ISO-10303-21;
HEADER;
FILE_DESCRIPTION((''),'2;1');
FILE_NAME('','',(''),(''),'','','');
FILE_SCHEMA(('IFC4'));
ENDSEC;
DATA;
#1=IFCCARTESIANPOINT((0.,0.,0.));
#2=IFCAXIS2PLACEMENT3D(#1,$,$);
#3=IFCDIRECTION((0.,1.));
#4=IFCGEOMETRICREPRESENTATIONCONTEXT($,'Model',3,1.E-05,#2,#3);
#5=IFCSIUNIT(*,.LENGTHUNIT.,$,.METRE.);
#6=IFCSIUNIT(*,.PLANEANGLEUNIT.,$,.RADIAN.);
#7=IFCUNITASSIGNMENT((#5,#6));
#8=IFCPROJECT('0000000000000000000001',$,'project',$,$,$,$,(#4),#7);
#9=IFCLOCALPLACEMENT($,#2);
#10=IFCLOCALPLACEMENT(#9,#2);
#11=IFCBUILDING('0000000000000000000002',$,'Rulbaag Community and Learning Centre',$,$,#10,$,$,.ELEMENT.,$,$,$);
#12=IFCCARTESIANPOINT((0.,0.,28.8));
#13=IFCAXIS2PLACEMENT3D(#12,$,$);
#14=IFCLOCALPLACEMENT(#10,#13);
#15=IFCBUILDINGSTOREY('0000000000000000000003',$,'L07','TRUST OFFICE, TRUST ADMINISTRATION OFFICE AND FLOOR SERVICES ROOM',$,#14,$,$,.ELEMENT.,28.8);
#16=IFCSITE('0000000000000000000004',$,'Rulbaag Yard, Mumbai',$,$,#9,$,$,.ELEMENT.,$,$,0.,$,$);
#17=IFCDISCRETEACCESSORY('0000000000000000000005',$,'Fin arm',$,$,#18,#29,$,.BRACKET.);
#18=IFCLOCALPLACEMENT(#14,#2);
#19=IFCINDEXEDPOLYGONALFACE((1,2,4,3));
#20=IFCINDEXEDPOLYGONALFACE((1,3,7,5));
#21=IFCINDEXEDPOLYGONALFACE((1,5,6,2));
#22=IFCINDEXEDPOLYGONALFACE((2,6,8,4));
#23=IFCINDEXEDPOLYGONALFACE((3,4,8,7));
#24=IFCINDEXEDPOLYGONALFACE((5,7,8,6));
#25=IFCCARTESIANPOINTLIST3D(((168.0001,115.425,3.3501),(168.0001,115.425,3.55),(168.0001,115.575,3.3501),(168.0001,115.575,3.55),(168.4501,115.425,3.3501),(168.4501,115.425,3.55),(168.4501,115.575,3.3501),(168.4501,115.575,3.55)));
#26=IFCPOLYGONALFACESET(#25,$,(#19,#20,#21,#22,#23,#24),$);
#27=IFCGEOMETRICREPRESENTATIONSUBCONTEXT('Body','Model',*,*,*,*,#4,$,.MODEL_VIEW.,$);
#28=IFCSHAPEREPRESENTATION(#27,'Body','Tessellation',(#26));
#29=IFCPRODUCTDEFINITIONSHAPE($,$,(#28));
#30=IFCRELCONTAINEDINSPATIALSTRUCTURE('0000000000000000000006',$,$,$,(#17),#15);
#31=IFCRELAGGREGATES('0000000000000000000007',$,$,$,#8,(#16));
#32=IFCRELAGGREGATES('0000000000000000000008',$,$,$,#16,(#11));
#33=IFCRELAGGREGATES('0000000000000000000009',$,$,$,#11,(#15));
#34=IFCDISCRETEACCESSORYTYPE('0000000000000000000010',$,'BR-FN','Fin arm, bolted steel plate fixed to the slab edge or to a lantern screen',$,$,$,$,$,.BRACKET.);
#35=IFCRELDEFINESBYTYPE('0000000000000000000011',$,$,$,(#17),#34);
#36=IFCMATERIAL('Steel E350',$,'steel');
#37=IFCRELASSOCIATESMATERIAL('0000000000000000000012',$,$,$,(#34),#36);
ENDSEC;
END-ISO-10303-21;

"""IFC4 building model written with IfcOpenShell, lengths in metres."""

from ifc_helpers import new_model, si_unit, direction, frame, origin, origin_2d, place, context, subcontext, project, spatial, rectangle, extrude, material, type_object, element, save


model = new_model("IFC4")

# Units and contexts
model_context = context("Model", 3, precision=1e-05, world=origin(), true_north=direction((0.0, 1.0)))
body_context = subcontext(model_context, "Body", "Model", "MODEL_VIEW")
ifc_project = project(units=[si_unit("LENGTHUNIT", "METRE"), si_unit("PLANEANGLEUNIT", "RADIAN")], contexts=[model_context])

# Site, building, storey
site_placement = place(None, origin())
site = spatial("IfcSite", under=ifc_project, at=site_placement, Name="Rulbaag Yard, Mumbai", CompositionType="ELEMENT", RefElevation=0.0)
building_placement = place(site_placement, origin())
building = spatial("IfcBuilding", under=site, at=building_placement, Name="Rulbaag Community and Learning Centre", CompositionType="ELEMENT")
storey_placement = place(building_placement, frame((0.0, 0.0, 28.8)))
storey = spatial("IfcBuildingStorey", under=building, at=storey_placement, Name="L07", Description="TRUST OFFICE, TRUST ADMINISTRATION OFFICE AND FLOOR SERVICES ROOM", CompositionType="ELEMENT", Elevation=28.8)

# Discrete accessory
ifc_material_1 = material(Name="Steel E350", Category="steel")
discrete_accessory_type = type_object("IfcDiscreteAccessoryType", Name="BR-FN", Description="Fin arm, bolted steel plate fixed to the slab edge or to a lantern screen", PredefinedType="BRACKET", material=ifc_material_1)
for number, where, z_axis, x_axis, name in (
    (1, (168.2251, 115.5, 3.3501), (0.0, 0.0, 1.0), (1.0, 0.0, 0.0), "Fin arm"),
):
    element("IfcDiscreteAccessory", number, at=place(storey_placement, frame(where, z_axis=z_axis, x_axis=x_axis)), inside=storey, type_object=discrete_accessory_type, Name=name, PredefinedType="BRACKET", context=body_context, shape_type="SweptSolid", body=[
        extrude(rectangle(XDim=0.45, YDim=0.1499, at=origin_2d()), origin(), (0.0, 0.0, 1.0), 0.2),
    ])

save(model, "model.ifc")
